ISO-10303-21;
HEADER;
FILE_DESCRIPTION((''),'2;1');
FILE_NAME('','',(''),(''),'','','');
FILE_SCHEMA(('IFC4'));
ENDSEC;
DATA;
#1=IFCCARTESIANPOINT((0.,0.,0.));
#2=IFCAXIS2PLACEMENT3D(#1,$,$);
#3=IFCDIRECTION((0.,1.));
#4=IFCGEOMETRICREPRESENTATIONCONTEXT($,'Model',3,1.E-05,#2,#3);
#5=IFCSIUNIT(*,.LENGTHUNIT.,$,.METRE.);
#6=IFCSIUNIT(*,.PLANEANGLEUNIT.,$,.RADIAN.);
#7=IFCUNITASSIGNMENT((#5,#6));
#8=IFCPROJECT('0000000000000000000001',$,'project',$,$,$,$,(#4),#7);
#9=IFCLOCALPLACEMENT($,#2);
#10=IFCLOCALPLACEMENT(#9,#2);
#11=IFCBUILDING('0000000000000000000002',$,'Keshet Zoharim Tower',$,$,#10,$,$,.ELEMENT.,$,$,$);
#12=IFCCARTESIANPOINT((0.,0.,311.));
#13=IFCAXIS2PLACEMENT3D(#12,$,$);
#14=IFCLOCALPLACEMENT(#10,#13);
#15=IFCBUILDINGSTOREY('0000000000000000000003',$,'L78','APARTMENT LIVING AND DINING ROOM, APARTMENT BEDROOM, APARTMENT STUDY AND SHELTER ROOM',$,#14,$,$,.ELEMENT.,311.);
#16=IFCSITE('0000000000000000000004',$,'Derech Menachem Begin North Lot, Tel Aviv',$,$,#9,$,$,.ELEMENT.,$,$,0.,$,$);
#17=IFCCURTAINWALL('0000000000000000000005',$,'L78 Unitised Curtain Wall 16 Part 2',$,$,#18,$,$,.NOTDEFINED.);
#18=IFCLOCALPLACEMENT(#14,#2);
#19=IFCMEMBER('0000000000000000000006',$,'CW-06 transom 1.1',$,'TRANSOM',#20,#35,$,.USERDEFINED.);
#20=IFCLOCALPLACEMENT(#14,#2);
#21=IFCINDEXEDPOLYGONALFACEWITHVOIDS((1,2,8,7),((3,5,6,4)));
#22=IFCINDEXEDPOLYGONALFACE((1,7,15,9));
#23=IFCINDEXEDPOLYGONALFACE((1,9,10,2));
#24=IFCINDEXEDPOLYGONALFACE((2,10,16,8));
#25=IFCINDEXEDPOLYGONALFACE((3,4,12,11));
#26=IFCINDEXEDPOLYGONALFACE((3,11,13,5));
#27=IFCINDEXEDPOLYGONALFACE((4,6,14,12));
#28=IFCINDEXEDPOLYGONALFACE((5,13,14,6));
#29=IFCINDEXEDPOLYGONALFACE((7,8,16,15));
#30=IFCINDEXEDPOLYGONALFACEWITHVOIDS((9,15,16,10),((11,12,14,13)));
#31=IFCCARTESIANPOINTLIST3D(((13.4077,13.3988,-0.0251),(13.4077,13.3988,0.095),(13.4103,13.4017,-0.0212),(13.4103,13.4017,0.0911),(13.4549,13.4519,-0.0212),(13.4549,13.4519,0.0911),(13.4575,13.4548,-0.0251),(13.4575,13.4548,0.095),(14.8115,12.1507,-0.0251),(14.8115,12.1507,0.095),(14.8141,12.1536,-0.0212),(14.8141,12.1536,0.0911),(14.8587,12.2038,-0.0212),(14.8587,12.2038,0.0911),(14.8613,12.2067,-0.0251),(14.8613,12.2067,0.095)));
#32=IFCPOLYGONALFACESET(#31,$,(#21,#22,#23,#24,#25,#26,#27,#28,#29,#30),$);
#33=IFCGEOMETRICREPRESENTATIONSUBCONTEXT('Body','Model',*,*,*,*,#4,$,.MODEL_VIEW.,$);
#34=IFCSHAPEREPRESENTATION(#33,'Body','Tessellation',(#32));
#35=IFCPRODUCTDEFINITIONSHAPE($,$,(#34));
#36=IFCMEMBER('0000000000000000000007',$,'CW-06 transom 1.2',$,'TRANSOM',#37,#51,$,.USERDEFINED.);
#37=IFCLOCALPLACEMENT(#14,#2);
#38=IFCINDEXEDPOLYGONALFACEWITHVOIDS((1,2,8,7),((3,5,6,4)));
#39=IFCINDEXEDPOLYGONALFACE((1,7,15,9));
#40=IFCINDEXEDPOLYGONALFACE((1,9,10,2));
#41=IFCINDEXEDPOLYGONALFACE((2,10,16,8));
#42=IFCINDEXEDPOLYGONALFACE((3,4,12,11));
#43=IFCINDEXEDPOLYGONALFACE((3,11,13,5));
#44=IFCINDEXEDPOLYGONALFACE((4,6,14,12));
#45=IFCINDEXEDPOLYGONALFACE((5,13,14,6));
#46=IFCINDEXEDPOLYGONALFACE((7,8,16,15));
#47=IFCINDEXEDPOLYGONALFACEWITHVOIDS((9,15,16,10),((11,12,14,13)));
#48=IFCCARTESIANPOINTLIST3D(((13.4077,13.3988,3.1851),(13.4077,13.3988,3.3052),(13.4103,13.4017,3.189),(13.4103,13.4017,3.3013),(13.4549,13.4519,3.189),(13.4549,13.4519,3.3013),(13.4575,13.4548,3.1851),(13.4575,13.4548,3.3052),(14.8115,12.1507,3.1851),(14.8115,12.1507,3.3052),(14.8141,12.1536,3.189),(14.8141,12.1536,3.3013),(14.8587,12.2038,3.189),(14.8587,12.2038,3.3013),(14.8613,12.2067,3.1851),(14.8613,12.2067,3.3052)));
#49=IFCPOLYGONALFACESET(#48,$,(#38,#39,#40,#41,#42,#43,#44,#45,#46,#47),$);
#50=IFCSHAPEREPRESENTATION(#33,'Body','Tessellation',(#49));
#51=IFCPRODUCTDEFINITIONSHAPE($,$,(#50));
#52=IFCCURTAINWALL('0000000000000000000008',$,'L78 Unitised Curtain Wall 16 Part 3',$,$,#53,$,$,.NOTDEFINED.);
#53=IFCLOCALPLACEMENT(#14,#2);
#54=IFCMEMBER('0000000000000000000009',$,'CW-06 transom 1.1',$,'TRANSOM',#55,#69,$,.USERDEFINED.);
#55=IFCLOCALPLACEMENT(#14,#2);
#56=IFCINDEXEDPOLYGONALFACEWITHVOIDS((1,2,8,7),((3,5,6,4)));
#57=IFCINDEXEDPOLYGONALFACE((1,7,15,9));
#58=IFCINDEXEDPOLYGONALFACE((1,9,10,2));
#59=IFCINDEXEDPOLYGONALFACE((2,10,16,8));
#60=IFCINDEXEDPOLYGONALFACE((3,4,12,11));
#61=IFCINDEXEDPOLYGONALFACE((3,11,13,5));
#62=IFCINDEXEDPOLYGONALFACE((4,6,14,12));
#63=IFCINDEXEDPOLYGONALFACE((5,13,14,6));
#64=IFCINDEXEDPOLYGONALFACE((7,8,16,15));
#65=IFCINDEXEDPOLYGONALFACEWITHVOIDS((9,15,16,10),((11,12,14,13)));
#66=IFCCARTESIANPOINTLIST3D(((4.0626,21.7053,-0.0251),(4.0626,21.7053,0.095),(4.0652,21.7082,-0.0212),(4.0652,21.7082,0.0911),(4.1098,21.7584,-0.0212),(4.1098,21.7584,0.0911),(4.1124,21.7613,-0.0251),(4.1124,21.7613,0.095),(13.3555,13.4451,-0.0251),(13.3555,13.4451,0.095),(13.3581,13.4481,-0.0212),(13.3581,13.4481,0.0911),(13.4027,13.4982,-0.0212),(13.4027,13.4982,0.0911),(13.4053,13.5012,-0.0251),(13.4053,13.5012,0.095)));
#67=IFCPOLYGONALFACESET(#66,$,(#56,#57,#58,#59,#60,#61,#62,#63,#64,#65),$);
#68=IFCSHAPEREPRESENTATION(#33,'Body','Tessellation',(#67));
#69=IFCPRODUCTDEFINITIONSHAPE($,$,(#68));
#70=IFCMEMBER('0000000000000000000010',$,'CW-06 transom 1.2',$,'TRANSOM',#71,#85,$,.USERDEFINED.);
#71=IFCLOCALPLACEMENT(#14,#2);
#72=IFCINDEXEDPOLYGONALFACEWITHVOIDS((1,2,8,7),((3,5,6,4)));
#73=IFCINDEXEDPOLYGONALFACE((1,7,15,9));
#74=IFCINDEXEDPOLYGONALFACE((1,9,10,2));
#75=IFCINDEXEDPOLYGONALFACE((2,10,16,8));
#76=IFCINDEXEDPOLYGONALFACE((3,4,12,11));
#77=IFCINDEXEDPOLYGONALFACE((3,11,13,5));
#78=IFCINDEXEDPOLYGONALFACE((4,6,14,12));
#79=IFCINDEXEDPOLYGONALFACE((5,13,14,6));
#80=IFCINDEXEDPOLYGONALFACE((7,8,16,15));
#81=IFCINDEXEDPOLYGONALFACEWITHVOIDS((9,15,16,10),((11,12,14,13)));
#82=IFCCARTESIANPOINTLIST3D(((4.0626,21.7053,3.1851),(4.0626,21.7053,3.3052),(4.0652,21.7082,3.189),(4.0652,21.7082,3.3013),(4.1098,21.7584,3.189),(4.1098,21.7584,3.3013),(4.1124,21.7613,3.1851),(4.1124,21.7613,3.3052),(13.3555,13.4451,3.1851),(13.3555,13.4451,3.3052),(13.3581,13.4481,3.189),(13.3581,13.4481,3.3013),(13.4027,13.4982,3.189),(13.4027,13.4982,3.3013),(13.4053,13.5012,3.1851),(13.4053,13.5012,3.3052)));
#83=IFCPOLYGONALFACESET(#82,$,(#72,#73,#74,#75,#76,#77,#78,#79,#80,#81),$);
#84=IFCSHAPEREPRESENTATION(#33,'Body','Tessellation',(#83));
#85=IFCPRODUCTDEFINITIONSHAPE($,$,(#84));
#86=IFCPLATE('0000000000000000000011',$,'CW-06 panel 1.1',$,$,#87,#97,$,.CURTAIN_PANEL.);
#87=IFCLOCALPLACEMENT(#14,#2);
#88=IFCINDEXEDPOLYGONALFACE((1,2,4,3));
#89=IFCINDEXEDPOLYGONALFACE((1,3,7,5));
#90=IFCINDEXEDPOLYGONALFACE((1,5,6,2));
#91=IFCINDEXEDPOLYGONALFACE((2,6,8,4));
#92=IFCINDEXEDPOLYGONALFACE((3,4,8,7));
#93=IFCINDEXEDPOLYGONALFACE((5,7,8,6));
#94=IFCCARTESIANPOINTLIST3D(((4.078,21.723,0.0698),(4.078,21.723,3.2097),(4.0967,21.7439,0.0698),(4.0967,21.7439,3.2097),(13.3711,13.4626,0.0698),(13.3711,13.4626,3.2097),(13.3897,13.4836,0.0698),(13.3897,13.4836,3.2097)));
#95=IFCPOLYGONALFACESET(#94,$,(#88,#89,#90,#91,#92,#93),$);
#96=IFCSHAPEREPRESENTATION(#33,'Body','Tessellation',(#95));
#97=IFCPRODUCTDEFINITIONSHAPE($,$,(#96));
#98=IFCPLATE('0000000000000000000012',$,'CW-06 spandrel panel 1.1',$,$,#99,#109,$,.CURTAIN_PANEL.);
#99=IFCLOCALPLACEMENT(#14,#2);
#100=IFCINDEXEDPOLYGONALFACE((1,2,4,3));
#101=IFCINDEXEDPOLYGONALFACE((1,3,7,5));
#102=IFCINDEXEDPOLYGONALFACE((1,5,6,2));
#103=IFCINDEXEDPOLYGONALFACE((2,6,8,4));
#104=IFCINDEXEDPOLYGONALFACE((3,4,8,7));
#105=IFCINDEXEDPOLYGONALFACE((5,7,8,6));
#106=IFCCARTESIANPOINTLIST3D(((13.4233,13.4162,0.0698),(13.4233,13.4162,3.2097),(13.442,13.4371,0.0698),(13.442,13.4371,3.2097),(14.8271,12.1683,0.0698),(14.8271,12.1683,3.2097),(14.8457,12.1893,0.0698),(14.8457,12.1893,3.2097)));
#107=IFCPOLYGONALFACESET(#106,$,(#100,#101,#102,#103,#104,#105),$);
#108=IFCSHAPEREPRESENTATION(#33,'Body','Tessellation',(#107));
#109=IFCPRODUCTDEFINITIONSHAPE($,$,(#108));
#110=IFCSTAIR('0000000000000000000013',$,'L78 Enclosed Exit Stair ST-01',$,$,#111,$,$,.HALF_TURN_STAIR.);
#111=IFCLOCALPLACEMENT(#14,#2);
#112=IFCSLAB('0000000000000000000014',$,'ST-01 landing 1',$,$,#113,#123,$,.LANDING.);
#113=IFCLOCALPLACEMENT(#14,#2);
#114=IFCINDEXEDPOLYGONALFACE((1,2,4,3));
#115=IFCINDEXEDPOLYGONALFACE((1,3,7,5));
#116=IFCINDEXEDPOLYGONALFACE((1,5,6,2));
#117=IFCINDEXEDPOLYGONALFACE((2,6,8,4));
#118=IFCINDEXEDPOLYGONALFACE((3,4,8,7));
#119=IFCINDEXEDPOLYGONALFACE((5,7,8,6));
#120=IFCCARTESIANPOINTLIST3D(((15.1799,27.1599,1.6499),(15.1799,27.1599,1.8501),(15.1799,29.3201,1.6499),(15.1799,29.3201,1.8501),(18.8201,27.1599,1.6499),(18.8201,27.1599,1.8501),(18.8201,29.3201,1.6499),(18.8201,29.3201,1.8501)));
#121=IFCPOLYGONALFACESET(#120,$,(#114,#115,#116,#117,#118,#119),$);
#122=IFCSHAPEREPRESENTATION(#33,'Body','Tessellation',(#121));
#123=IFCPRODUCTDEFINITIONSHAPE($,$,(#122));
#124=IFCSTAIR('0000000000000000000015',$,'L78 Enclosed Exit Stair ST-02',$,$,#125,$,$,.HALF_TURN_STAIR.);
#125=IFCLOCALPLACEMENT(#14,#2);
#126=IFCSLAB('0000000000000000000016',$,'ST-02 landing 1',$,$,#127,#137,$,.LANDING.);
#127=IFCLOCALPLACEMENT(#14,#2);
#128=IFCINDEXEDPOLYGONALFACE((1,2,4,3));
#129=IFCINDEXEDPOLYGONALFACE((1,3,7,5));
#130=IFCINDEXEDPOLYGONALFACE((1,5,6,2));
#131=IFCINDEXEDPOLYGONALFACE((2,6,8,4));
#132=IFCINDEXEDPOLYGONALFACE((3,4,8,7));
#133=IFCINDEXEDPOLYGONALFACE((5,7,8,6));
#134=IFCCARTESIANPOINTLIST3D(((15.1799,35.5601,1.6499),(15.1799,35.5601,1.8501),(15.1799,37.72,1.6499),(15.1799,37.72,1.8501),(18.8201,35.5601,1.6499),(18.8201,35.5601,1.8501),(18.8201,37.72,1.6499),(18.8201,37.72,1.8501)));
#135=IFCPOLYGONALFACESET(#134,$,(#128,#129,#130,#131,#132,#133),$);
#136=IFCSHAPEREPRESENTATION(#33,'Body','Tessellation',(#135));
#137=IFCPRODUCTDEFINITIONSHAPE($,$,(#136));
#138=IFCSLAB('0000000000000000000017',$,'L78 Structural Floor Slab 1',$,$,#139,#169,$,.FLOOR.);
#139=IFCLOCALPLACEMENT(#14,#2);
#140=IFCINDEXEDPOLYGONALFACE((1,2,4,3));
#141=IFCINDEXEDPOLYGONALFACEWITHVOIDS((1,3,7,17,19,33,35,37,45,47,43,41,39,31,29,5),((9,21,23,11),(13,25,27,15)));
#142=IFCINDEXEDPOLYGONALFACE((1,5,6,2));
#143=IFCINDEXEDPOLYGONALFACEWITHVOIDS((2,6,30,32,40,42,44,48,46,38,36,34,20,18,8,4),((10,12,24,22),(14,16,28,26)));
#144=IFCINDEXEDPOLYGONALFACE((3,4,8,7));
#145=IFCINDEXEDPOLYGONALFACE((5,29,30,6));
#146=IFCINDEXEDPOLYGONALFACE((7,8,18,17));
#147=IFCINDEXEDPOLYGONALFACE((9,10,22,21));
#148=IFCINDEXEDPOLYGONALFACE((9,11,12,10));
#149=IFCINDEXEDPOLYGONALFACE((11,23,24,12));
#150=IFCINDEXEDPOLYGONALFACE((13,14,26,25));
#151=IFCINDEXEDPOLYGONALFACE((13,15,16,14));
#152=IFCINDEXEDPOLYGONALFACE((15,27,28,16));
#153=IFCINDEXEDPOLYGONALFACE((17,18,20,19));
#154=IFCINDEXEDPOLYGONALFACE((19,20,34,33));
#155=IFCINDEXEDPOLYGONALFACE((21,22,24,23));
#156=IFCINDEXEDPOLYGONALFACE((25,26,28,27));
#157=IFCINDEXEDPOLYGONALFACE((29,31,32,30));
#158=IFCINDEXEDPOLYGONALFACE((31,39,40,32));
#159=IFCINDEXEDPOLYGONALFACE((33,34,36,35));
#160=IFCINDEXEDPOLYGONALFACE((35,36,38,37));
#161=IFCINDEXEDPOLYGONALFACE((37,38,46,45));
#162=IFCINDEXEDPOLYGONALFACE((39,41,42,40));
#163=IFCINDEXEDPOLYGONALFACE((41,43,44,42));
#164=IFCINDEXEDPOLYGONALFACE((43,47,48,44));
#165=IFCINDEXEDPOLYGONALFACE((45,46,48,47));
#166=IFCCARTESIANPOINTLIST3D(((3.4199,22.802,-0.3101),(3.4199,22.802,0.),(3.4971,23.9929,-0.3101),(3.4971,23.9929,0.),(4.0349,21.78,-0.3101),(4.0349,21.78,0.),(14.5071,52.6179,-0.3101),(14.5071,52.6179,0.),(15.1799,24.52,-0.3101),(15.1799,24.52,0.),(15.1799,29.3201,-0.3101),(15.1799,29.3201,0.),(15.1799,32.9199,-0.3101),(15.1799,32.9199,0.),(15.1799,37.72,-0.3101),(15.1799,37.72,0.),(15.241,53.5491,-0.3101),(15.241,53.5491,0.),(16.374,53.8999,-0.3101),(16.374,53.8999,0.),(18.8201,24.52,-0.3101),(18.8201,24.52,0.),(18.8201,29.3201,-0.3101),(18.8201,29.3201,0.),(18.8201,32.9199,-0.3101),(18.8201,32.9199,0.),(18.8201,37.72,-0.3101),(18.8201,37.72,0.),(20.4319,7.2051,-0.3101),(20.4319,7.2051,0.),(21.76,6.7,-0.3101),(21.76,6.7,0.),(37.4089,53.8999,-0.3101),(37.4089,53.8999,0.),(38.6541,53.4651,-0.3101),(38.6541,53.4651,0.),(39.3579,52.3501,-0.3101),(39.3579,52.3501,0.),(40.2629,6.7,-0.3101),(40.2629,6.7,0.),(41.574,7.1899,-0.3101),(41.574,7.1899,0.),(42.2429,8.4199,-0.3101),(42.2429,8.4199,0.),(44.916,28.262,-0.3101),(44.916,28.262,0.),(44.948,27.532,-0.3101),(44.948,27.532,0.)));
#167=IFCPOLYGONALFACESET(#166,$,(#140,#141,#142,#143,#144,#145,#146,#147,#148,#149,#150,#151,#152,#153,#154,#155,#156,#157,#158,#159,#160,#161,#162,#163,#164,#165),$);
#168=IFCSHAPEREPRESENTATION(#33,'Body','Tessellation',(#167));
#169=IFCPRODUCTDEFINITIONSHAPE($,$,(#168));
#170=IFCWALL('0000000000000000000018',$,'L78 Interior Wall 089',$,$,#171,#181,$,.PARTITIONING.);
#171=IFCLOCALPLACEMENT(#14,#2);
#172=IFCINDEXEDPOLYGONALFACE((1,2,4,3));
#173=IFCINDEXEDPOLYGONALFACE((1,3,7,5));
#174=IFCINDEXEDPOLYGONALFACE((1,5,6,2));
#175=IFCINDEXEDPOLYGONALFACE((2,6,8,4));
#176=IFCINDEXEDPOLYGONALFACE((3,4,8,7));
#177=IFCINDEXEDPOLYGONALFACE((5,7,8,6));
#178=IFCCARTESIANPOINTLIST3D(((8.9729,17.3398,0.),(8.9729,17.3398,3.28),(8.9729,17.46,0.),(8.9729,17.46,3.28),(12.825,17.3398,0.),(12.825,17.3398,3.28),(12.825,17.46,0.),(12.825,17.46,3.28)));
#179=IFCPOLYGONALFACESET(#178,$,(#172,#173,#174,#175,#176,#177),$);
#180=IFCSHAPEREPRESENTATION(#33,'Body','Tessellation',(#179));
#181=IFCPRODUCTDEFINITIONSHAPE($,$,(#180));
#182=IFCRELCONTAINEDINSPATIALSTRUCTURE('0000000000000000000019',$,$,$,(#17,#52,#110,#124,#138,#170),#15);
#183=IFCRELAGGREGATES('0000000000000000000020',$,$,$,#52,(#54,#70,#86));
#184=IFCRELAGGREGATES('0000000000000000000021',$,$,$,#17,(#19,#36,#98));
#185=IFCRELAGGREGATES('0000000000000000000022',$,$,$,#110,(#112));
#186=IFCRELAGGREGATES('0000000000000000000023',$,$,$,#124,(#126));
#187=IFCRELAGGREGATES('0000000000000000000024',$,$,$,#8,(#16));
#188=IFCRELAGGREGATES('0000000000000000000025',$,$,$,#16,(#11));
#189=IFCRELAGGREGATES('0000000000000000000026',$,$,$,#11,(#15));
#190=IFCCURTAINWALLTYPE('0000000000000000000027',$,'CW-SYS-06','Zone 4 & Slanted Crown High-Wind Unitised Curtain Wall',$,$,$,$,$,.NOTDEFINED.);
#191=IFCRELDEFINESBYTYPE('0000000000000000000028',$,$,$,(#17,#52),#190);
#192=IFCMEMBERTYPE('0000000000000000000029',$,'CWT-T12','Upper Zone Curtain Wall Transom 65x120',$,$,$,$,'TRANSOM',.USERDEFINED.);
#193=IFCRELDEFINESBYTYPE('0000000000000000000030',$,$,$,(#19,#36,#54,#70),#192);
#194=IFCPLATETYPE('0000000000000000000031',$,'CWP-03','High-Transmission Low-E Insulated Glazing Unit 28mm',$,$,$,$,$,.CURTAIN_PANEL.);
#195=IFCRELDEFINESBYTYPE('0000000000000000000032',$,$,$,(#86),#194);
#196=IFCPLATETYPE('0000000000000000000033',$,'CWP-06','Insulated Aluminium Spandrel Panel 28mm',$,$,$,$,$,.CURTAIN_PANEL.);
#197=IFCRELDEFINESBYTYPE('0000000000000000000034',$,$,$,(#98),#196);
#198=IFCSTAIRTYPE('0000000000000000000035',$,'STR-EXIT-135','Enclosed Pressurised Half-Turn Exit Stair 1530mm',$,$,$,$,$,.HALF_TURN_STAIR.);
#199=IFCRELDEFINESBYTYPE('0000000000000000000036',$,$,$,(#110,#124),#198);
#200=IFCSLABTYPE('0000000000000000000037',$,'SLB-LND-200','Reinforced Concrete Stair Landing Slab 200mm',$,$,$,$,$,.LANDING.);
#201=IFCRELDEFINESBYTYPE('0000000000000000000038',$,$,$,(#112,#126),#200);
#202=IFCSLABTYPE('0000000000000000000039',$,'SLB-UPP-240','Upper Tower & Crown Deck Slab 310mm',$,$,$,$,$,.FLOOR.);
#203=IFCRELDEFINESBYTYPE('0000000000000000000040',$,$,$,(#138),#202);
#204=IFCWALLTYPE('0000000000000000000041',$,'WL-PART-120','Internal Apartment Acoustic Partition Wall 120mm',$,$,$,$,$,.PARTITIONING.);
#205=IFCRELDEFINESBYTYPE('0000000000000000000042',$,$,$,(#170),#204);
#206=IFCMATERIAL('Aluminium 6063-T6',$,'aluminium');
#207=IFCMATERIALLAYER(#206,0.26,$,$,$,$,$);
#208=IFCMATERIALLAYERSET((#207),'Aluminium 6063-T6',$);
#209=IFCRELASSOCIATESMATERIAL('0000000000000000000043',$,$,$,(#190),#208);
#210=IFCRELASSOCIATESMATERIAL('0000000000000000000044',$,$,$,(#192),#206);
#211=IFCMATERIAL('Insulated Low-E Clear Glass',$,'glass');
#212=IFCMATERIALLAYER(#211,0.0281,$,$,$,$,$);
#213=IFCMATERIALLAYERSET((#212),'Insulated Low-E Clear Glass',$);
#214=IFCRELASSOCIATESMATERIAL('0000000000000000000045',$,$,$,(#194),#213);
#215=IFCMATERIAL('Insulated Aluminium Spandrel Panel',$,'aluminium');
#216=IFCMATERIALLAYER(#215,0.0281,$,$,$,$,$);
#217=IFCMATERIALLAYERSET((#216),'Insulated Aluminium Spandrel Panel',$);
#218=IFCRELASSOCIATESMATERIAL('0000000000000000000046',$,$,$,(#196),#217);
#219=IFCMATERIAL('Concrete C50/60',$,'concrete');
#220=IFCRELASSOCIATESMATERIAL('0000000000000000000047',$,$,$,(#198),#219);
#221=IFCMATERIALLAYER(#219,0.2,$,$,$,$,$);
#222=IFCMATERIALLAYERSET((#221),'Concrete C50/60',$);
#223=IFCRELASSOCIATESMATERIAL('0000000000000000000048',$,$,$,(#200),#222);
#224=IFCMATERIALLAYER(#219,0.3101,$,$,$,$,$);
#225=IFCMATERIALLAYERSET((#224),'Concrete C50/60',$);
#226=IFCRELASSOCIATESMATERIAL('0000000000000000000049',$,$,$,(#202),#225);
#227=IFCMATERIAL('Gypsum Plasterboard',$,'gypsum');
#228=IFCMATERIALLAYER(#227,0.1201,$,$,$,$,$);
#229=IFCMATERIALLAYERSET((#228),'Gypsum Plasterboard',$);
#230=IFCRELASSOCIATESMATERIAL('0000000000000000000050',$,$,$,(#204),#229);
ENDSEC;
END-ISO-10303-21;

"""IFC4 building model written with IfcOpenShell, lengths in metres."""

from ifc_helpers import new_model, si_unit, direction, frame, frame_2d, origin, origin_2d, place, context, subcontext, project, spatial, polyline, rectangle, hollow_rectangle, outline, extrude, material, layer, layer_set, material_profile, profile_set, type_object, element, aggregate, save


model = new_model("IFC4")

# Units and contexts
model_context = context("Model", 3, precision=1e-05, world=origin(), true_north=direction((0.0, 1.0)))
body_context = subcontext(model_context, "Body", "Model", "MODEL_VIEW")
ifc_project = project(units=[si_unit("LENGTHUNIT", "METRE"), si_unit("PLANEANGLEUNIT", "RADIAN")], contexts=[model_context])

# Site, building, storey
site_placement = place(None, origin())
site = spatial("IfcSite", under=ifc_project, at=site_placement, Name="Derech Menachem Begin North Lot, Tel Aviv", CompositionType="ELEMENT", RefElevation=0.0)
building_placement = place(site_placement, origin())
building = spatial("IfcBuilding", under=site, at=building_placement, Name="Keshet Zoharim Tower", CompositionType="ELEMENT")
storey_placement = place(building_placement, frame((0.0, 0.0, 311.0)))
storey = spatial("IfcBuildingStorey", under=building, at=storey_placement, Name="L78", Description="APARTMENT LIVING AND DINING ROOM, APARTMENT BEDROOM, APARTMENT STUDY AND SHELTER ROOM", CompositionType="ELEMENT", Elevation=311.0)

# Shared definitions
ifc_material_1 = material(Name="Aluminium 6063-T6", Category="aluminium")
ifc_layer_1 = layer(ifc_material_1, 0.26)
ifc_layer_set_1 = layer_set([ifc_layer_1], Name="Aluminium 6063-T6")
curtain_wall_type = type_object("IfcCurtainWallType", Name="CW-SYS-06", Description="Zone 4 & Slanted Crown High-Wind Unitised Curtain Wall", PredefinedType="NOTDEFINED", material=ifc_layer_set_1)

# Curtain wall, members
curtain_wall_1_placement = place(storey_placement, origin())
curtain_wall_1 = element("IfcCurtainWall", 1, at=curtain_wall_1_placement, inside=storey, type_object=curtain_wall_type, Name="L78 Unitised Curtain Wall 16 Part 2", PredefinedType="NOTDEFINED")
ifc_material_profile_1 = material_profile(ifc_material_1, hollow_rectangle(XDim=0.075, YDim=0.1201, WallThickness=0.0039, at=origin_2d()), Name="TRN-75x120")
ifc_profile_set_1 = profile_set([ifc_material_profile_1], Name="Aluminium 6063-T6")
member_type_1 = type_object("IfcMemberType", Name="CWT-T12", Description="Upper Zone Curtain Wall Transom 65x120", ElementType="TRANSOM", PredefinedType="USERDEFINED", material=ifc_profile_set_1)
member_1_placement = place(storey_placement, frame((14.8364, 12.1787, 0.0349), z_axis=(-0.747352, 0.664428, 0.0), x_axis=(-0.664428, -0.747352, 0.0)))
member_1 = element("IfcMember", 2, at=member_1_placement, type_object=member_type_1, Name="CW-06 transom 1.1", ObjectType="TRANSOM", PredefinedType="USERDEFINED", context=body_context, shape_type="SweptSolid", body=[
    extrude(hollow_rectangle(XDim=0.075, YDim=0.1201, WallThickness=0.0039, at=origin_2d()), origin(), (0.0, 0.0, 1.0), 1.8784),
])
member_2_placement = place(storey_placement, frame((14.8364, 12.1787, 3.2451), z_axis=(-0.747352, 0.664428, 0.0), x_axis=(-0.664428, -0.747352, 0.0)))
member_2 = element("IfcMember", 3, at=member_2_placement, type_object=member_type_1, Name="CW-06 transom 1.2", ObjectType="TRANSOM", PredefinedType="USERDEFINED", context=body_context, shape_type="SweptSolid", body=[
    extrude(hollow_rectangle(XDim=0.075, YDim=0.1201, WallThickness=0.0039, at=origin_2d()), origin(), (0.0, 0.0, 1.0), 1.8784),
])

# Curtain wall, members, plate
curtain_wall_2_placement = place(storey_placement, origin())
curtain_wall_2 = element("IfcCurtainWall", 4, at=curtain_wall_2_placement, inside=storey, type_object=curtain_wall_type, Name="L78 Unitised Curtain Wall 16 Part 3", PredefinedType="NOTDEFINED")
member_3_placement = place(storey_placement, frame((13.3804, 13.4731, 0.0349), z_axis=(-0.747416, 0.664357, 0.0), x_axis=(-0.664357, -0.747416, 0.0)))
member_3 = element("IfcMember", 5, at=member_3_placement, type_object=member_type_1, Name="CW-06 transom 1.1", ObjectType="TRANSOM", PredefinedType="USERDEFINED", context=body_context, shape_type="SweptSolid", body=[
    extrude(hollow_rectangle(XDim=0.075, YDim=0.1201, WallThickness=0.0039, at=origin_2d()), origin(), (0.0, 0.0, 1.0), 12.4333),
])
member_4_placement = place(storey_placement, frame((13.3804, 13.4731, 3.2451), z_axis=(-0.747416, 0.664357, 0.0), x_axis=(-0.664357, -0.747416, 0.0)))
member_4 = element("IfcMember", 6, at=member_4_placement, type_object=member_type_1, Name="CW-06 transom 1.2", ObjectType="TRANSOM", PredefinedType="USERDEFINED", context=body_context, shape_type="SweptSolid", body=[
    extrude(hollow_rectangle(XDim=0.075, YDim=0.1201, WallThickness=0.0039, at=origin_2d()), origin(), (0.0, 0.0, 1.0), 12.4333),
])
ifc_material_2 = material(Name="Insulated Low-E Clear Glass", Category="glass")
ifc_layer_2 = layer(ifc_material_2, 0.0281)
ifc_layer_set_2 = layer_set([ifc_layer_2], Name="Insulated Low-E Clear Glass")
plate_type_1 = type_object("IfcPlateType", Name="CWP-03", Description="High-Transmission Low-E Insulated Glazing Unit 28mm", PredefinedType="CURTAIN_PANEL", material=ifc_layer_set_2)
plate_1_placement = place(storey_placement, frame((8.7339, 17.6033, 0.0698), z_axis=(0.0, 0.0, 1.0), x_axis=(-0.747415, 0.664358, 0.0)))
plate_1 = element("IfcPlate", 7, at=plate_1_placement, type_object=plate_type_1, Name="CW-06 panel 1.1", PredefinedType="CURTAIN_PANEL", context=body_context, shape_type="SweptSolid", body=[
    extrude(rectangle(XDim=12.4336, YDim=0.0281, at=origin_2d()), origin(), (0.0, 0.0, 1.0), 3.1399),
])
aggregate(curtain_wall_2, [member_3, member_4, plate_1])

# Plate
ifc_material_3 = material(Name="Insulated Aluminium Spandrel Panel", Category="aluminium")
ifc_layer_3 = layer(ifc_material_3, 0.0281)
ifc_layer_set_3 = layer_set([ifc_layer_3], Name="Insulated Aluminium Spandrel Panel")
plate_type_2 = type_object("IfcPlateType", Name="CWP-06", Description="Insulated Aluminium Spandrel Panel 28mm", PredefinedType="CURTAIN_PANEL", material=ifc_layer_set_3)
plate_2_placement = place(storey_placement, frame((14.1345, 12.8027, 0.0698), z_axis=(0.0, 0.0, 1.0), x_axis=(-0.747387, 0.664389, 0.0)))
plate_2 = element("IfcPlate", 8, at=plate_2_placement, type_object=plate_type_2, Name="CW-06 spandrel panel 1.1", PredefinedType="CURTAIN_PANEL", context=body_context, shape_type="SweptSolid", body=[
    extrude(rectangle(XDim=1.8782, YDim=0.0281, at=origin_2d()), origin(), (0.0, 0.0, 1.0), 3.1399),
])
aggregate(curtain_wall_1, [member_1, member_2, plate_2])

# Stairs, slabs
ifc_material_4 = material(Name="Concrete C50/60", Category="concrete")
stair_type = type_object("IfcStairType", Name="STR-EXIT-135", Description="Enclosed Pressurised Half-Turn Exit Stair 1530mm", PredefinedType="HALF_TURN_STAIR", material=ifc_material_4)
stair_1_placement = place(storey_placement, origin())
stair_1 = element("IfcStair", 9, at=stair_1_placement, inside=storey, type_object=stair_type, Name="L78 Enclosed Exit Stair ST-01", PredefinedType="HALF_TURN_STAIR")
ifc_layer_4 = layer(ifc_material_4, 0.2)
ifc_layer_set_4 = layer_set([ifc_layer_4], Name="Concrete C50/60")
slab_type_1 = type_object("IfcSlabType", Name="SLB-LND-200", Description="Reinforced Concrete Stair Landing Slab 200mm", PredefinedType="LANDING", material=ifc_layer_set_4)
slab_1_placement = place(storey_placement, frame((0.0, 0.0, 1.6499)))
slab_1 = element("IfcSlab", 10, at=slab_1_placement, type_object=slab_type_1, Name="ST-01 landing 1", PredefinedType="LANDING", context=body_context, shape_type="SweptSolid", body=[
    extrude(outline(polyline([(15.1799, 27.1599), (18.8201, 27.1599), (18.8201, 29.3201), (15.1799, 29.3201), (15.1799, 27.1599)])), origin(), (0.0, 0.0, 1.0), 0.2002),
])
aggregate(stair_1, [slab_1])
stair_2_placement = place(storey_placement, origin())
stair_2 = element("IfcStair", 11, at=stair_2_placement, inside=storey, type_object=stair_type, Name="L78 Enclosed Exit Stair ST-02", PredefinedType="HALF_TURN_STAIR")
slab_2_placement = place(storey_placement, frame((0.0, 0.0, 1.6499)))
slab_2 = element("IfcSlab", 12, at=slab_2_placement, type_object=slab_type_1, Name="ST-02 landing 1", PredefinedType="LANDING", context=body_context, shape_type="SweptSolid", body=[
    extrude(outline(polyline([(15.1799, 35.5601), (18.8201, 35.5601), (18.8201, 37.72), (15.1799, 37.72), (15.1799, 35.5601)])), origin(), (0.0, 0.0, 1.0), 0.2002),
])
aggregate(stair_2, [slab_2])

# Slab
ifc_layer_5 = layer(ifc_material_4, 0.3101)
ifc_layer_set_5 = layer_set([ifc_layer_5], Name="Concrete C50/60")
slab_type_2 = type_object("IfcSlabType", Name="SLB-UPP-240", Description="Upper Tower & Crown Deck Slab 310mm", PredefinedType="FLOOR", material=ifc_layer_set_5)
slab_3_placement = place(storey_placement, frame((0.0, 0.0, -0.3101)))
element("IfcSlab", 13, at=slab_3_placement, inside=storey, type_object=slab_type_2, Name="L78 Structural Floor Slab 1", PredefinedType="FLOOR", context=body_context, shape_type="SweptSolid", body=[
    extrude(outline(polyline([(4.0349, 21.78), (3.4199, 22.802), (3.4971, 23.9929), (14.5071, 52.6179), (15.241, 53.5491), (16.374, 53.8999), (37.4089, 53.8999), (38.6541, 53.4651), (39.3579, 52.3501), (44.916, 28.262), (44.948, 27.532), (42.2429, 8.4199), (41.574, 7.1899), (40.2629, 6.7), (21.76, 6.7), (20.4319, 7.2051), (4.0349, 21.78)]), holes=[polyline([(15.1799, 24.52), (18.8201, 24.52), (18.8201, 29.3201), (15.1799, 29.3201), (15.1799, 24.52)]), polyline([(15.1799, 32.9199), (18.8201, 32.9199), (18.8201, 37.72), (15.1799, 37.72), (15.1799, 32.9199)])]), origin(), (0.0, 0.0, 1.0), 0.3101),
])

# Shared definitions
ifc_material_5 = material(Name="Gypsum Plasterboard", Category="gypsum")

# Wall
ifc_layer_6 = layer(ifc_material_5, 0.1201)
ifc_layer_set_6 = layer_set([ifc_layer_6], Name="Gypsum Plasterboard")
wall_type_1 = type_object("IfcWallType", Name="WL-PART-120", Description="Internal Apartment Acoustic Partition Wall 120mm", PredefinedType="PARTITIONING", material=ifc_layer_set_6)
wall_1_placement = place(storey_placement, frame((8.9729, 17.3999, 0.0), z_axis=(0.0, 0.0, 1.0), x_axis=(1.0, 0.0, 0.0)))
element("IfcWall", 14, at=wall_1_placement, inside=storey, type_object=wall_type_1, Name="L78 Interior Wall 089", PredefinedType="PARTITIONING", context=body_context, shape_type="SweptSolid", body=[
    extrude(rectangle(XDim=3.8521, YDim=0.1201, at=frame_2d((1.926, 0.0))), origin(), (0.0, 0.0, 1.0), 3.28),
])

save(model, "model.ifc")
